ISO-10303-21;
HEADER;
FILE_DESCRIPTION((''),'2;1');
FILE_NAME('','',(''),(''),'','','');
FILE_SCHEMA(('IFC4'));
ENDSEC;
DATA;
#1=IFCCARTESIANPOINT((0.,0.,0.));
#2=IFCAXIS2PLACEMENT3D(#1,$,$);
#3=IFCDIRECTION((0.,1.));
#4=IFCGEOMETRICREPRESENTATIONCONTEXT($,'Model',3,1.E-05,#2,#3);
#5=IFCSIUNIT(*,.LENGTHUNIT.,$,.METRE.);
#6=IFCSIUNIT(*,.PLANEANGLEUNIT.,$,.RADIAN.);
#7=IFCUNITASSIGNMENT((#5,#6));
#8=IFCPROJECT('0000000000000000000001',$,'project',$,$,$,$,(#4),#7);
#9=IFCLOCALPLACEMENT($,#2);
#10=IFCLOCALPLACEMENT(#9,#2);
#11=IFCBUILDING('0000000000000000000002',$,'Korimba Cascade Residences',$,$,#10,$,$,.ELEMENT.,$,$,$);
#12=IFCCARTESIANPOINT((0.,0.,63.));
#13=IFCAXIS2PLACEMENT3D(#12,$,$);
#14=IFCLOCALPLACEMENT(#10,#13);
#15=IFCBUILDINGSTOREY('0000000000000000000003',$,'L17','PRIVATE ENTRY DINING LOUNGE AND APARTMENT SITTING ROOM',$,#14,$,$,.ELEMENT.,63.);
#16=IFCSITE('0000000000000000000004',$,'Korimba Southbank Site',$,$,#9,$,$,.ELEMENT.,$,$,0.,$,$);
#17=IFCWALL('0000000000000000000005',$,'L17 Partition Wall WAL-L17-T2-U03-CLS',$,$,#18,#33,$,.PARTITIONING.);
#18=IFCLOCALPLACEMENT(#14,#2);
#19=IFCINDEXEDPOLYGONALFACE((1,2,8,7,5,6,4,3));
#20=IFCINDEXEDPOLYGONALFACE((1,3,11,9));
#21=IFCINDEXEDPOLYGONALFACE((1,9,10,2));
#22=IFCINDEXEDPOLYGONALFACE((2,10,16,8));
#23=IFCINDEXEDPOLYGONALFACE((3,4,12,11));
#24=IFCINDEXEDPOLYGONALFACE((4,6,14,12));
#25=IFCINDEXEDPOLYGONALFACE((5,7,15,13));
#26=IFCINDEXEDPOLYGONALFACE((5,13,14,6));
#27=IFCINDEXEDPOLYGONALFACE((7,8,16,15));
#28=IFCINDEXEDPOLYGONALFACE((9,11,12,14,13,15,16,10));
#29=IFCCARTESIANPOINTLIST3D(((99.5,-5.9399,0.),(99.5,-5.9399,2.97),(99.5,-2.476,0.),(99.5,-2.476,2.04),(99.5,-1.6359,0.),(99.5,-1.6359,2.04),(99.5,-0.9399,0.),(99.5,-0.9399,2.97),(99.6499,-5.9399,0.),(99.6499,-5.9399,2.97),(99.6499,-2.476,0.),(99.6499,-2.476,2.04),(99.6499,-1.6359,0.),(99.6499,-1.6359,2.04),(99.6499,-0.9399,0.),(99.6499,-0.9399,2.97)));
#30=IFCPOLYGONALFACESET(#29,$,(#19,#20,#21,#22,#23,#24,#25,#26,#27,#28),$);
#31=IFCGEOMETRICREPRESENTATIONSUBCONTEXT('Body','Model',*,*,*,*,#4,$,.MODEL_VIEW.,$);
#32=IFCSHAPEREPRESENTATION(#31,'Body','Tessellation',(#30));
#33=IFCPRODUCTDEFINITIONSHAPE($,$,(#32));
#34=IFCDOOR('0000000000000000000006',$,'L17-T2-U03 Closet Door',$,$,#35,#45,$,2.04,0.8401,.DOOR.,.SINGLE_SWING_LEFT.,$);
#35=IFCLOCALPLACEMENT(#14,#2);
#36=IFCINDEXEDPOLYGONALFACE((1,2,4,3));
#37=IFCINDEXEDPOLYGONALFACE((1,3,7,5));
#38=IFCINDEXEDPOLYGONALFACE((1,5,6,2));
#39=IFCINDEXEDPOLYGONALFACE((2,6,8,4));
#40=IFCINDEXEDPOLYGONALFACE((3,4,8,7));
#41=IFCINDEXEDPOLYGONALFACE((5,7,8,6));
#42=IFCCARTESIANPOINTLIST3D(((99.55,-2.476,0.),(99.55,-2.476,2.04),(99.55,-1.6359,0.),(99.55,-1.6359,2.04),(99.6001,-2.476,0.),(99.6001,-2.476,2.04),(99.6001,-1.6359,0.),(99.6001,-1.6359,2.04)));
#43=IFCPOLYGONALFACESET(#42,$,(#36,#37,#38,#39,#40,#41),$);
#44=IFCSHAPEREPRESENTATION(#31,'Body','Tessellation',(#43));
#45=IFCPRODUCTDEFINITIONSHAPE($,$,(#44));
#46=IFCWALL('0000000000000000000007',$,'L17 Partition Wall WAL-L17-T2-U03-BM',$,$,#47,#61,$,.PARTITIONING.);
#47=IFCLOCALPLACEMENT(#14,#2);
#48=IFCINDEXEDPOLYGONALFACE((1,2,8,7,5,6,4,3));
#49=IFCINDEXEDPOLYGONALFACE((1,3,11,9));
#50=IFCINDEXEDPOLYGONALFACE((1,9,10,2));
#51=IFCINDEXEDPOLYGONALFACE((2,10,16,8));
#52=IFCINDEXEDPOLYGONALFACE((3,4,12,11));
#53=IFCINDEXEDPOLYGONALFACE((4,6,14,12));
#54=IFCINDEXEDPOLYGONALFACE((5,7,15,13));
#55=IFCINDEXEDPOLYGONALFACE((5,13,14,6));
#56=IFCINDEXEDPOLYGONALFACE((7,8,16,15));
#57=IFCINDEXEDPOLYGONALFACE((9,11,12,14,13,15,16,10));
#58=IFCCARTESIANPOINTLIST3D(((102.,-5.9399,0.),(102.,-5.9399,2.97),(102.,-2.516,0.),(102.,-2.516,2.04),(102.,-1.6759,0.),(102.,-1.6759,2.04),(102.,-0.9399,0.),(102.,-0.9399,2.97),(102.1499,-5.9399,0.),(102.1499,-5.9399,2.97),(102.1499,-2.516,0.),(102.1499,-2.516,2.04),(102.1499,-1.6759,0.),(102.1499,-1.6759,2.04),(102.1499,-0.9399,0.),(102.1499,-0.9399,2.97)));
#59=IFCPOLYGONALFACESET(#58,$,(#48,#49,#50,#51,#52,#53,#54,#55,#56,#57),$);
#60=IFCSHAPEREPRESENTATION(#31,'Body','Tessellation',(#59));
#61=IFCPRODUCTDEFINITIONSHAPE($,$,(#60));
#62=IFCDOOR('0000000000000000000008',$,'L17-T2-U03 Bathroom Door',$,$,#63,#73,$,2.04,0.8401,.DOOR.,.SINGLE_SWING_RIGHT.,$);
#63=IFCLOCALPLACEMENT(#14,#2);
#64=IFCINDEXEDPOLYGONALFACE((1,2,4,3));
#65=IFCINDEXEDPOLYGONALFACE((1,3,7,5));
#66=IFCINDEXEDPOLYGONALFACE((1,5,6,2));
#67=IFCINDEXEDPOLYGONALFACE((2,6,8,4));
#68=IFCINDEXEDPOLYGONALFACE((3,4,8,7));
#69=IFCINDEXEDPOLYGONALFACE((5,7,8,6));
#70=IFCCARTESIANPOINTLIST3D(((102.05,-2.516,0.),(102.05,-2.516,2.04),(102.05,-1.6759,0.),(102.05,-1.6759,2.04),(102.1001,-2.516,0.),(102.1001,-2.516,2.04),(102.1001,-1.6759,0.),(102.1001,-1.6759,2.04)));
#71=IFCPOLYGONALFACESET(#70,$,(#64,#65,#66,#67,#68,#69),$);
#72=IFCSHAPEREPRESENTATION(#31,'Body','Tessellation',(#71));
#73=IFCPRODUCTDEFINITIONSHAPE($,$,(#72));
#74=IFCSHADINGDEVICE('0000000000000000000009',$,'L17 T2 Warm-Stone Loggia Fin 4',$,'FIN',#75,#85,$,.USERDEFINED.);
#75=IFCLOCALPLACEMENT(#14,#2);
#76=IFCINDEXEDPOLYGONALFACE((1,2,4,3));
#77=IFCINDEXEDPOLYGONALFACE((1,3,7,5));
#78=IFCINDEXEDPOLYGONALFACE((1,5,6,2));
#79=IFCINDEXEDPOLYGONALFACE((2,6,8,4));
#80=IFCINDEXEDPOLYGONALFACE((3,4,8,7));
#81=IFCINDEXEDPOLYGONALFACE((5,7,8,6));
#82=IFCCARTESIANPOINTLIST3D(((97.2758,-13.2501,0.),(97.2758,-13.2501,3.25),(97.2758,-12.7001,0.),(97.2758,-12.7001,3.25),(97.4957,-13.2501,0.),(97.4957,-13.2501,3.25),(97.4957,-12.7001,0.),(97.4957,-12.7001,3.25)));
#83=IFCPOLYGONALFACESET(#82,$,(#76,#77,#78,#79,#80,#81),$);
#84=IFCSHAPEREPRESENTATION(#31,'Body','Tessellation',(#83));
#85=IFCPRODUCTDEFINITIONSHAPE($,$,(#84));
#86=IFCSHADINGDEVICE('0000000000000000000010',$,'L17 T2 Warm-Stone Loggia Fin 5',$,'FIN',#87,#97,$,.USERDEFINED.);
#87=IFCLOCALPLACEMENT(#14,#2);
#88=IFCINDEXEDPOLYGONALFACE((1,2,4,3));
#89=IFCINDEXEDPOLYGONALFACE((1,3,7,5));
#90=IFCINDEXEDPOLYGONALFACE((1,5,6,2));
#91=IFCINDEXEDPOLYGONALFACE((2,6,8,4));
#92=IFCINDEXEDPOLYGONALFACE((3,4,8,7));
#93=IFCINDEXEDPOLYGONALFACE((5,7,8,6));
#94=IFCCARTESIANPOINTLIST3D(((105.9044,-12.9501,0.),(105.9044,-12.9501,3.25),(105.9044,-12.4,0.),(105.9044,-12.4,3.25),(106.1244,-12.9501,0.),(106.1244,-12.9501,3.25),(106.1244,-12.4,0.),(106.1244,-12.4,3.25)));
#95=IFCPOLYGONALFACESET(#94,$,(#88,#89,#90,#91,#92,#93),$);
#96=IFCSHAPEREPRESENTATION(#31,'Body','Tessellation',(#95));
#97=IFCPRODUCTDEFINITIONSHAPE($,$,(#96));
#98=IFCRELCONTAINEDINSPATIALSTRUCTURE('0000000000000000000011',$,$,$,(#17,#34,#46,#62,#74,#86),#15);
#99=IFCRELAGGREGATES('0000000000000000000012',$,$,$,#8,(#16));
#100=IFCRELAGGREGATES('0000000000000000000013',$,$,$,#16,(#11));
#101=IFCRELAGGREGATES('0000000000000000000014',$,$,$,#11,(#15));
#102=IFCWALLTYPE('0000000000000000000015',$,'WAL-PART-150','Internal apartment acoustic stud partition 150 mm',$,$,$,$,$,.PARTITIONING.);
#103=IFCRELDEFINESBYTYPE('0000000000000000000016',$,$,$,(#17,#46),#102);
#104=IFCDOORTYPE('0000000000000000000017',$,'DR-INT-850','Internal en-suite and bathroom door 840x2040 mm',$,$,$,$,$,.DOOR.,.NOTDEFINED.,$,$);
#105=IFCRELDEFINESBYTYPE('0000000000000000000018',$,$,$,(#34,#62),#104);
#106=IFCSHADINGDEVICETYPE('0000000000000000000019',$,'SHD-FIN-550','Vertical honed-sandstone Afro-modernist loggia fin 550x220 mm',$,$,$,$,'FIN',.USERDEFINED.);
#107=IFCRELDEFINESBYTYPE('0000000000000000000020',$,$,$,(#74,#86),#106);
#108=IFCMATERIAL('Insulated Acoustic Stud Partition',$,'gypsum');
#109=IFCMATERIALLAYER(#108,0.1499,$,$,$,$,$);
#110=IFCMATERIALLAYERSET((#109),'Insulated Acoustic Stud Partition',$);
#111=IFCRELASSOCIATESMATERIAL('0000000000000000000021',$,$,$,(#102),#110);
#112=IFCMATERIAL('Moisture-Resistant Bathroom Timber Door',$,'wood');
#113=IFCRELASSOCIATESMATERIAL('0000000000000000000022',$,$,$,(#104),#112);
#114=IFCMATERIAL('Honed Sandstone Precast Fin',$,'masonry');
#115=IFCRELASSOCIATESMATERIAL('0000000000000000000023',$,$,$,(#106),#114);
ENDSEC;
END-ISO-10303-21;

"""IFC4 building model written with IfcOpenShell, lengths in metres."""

from ifc_helpers import new_model, si_unit, direction, frame, frame_2d, origin, origin_2d, place, context, subcontext, project, spatial, rectangle, extrude, material, layer, layer_set, type_object, element, fill, save


model = new_model("IFC4")

# Units and contexts
model_context = context("Model", 3, precision=1e-05, world=origin(), true_north=direction((0.0, 1.0)))
body_context = subcontext(model_context, "Body", "Model", "MODEL_VIEW")
ifc_project = project(units=[si_unit("LENGTHUNIT", "METRE"), si_unit("PLANEANGLEUNIT", "RADIAN")], contexts=[model_context])

# Site, building, storey
site_placement = place(None, origin())
site = spatial("IfcSite", under=ifc_project, at=site_placement, Name="Korimba Southbank Site", CompositionType="ELEMENT", RefElevation=0.0)
building_placement = place(site_placement, origin())
building = spatial("IfcBuilding", under=site, at=building_placement, Name="Korimba Cascade Residences", CompositionType="ELEMENT")
storey_placement = place(building_placement, frame((0.0, 0.0, 63.0)))
storey = spatial("IfcBuildingStorey", under=building, at=storey_placement, Name="L17", Description="PRIVATE ENTRY DINING LOUNGE AND APARTMENT SITTING ROOM", CompositionType="ELEMENT", Elevation=63.0)

# Walls, openings, doors
ifc_material_1 = material(Name="Insulated Acoustic Stud Partition", Category="gypsum")
ifc_layer = layer(ifc_material_1, 0.1499)
ifc_layer_set = layer_set([ifc_layer], Name="Insulated Acoustic Stud Partition")
wall_type = type_object("IfcWallType", Name="WAL-PART-150", Description="Internal apartment acoustic stud partition 150 mm", PredefinedType="PARTITIONING", material=ifc_layer_set)
ifc_material_2 = material(Name="Moisture-Resistant Bathroom Timber Door", Category="wood")
door_type_1 = type_object("IfcDoorType", Name="DR-INT-850", Description="Internal en-suite and bathroom door 840x2040 mm", OperationType="NOTDEFINED", PredefinedType="DOOR", material=ifc_material_2)
wall_1_placement = place(storey_placement, frame((99.575, -5.9399, 0.0), z_axis=(0.0, 0.0, 1.0), x_axis=(0.0, 1.0, 0.0)))
wall_1 = element("IfcWall", 1, at=wall_1_placement, inside=storey, type_object=wall_type, Name="L17 Partition Wall WAL-L17-T2-U03-CLS", PredefinedType="PARTITIONING", context=body_context, shape_type="SweptSolid", body=[
    extrude(rectangle(XDim=5.0, YDim=0.1499, at=frame_2d((2.5, 0.0))), origin(), (0.0, 0.0, 1.0), 2.97),
])
opening_1_placement = place(wall_1_placement, frame((3.4641, 0.0, 0.0)))
opening_1 = element("IfcOpeningElement", 2, at=opening_1_placement, cuts=wall_1, PredefinedType="OPENING", context=body_context, shape_type="SweptSolid", body=[
    extrude(rectangle(XDim=0.8401, YDim=2.04, at=frame_2d((0.4199, 1.02))), frame((0.0, 0.085, 0.0), z_axis=(0.0, -1.0, 0.0), x_axis=(1.0, 0.0, 0.0)), (0.0, 0.0, 1.0), 0.1699),
])
door_1_placement = place(opening_1_placement, origin())
door_1 = element("IfcDoor", 3, at=door_1_placement, inside=storey, type_object=door_type_1, Name="L17-T2-U03 Closet Door", OperationType="SINGLE_SWING_LEFT", OverallHeight=2.04, OverallWidth=0.8401, PredefinedType="DOOR", context=body_context, shape_type="SweptSolid", body=[
    extrude(rectangle(XDim=0.8401, YDim=2.04, at=frame_2d((0.4199, 1.02))), frame((0.0, 0.0249, 0.0), z_axis=(0.0, -1.0, 0.0), x_axis=(1.0, 0.0, 0.0)), (0.0, 0.0, 1.0), 0.05),
])
fill(opening_1, door_1)
wall_2_placement = place(storey_placement, frame((102.075, -5.9399, 0.0), z_axis=(0.0, 0.0, 1.0), x_axis=(0.0, 1.0, 0.0)))
wall_2 = element("IfcWall", 4, at=wall_2_placement, inside=storey, type_object=wall_type, Name="L17 Partition Wall WAL-L17-T2-U03-BM", PredefinedType="PARTITIONING", context=body_context, shape_type="SweptSolid", body=[
    extrude(rectangle(XDim=5.0, YDim=0.1499, at=frame_2d((2.5, 0.0))), origin(), (0.0, 0.0, 1.0), 2.97),
])
opening_2_placement = place(wall_2_placement, frame((3.4241, 0.0, 0.0)))
opening_2 = element("IfcOpeningElement", 5, at=opening_2_placement, cuts=wall_2, PredefinedType="OPENING", context=body_context, shape_type="SweptSolid", body=[
    extrude(rectangle(XDim=0.8401, YDim=2.04, at=frame_2d((0.4199, 1.02))), frame((0.0, 0.085, 0.0), z_axis=(0.0, -1.0, 0.0), x_axis=(1.0, 0.0, 0.0)), (0.0, 0.0, 1.0), 0.1699),
])
door_2_placement = place(opening_2_placement, origin())
door_2 = element("IfcDoor", 6, at=door_2_placement, inside=storey, type_object=door_type_1, Name="L17-T2-U03 Bathroom Door", OperationType="SINGLE_SWING_RIGHT", OverallHeight=2.04, OverallWidth=0.8401, PredefinedType="DOOR", context=body_context, shape_type="SweptSolid", body=[
    extrude(rectangle(XDim=0.8401, YDim=2.04, at=frame_2d((0.4199, 1.02))), frame((0.0, 0.0249, 0.0), z_axis=(0.0, -1.0, 0.0), x_axis=(1.0, 0.0, 0.0)), (0.0, 0.0, 1.0), 0.05),
])
fill(opening_2, door_2)

# Shading devices
ifc_material_3 = material(Name="Honed Sandstone Precast Fin", Category="masonry")
shading_device_type = type_object("IfcShadingDeviceType", Name="SHD-FIN-550", Description="Vertical honed-sandstone Afro-modernist loggia fin 550x220 mm", ElementType="FIN", PredefinedType="USERDEFINED", material=ifc_material_3)
for number, where, z_axis, x_axis, name in (
    (7, (97.3857, -12.9751, 0.0), (0.0, 0.0, 1.0), (1.0, 0.0, 0.0), "L17 T2 Warm-Stone Loggia Fin 4"),
    (8, (106.0144, -12.675, 0.0), (0.0, 0.0, 1.0), (1.0, 0.0, 0.0), "L17 T2 Warm-Stone Loggia Fin 5"),
):
    element("IfcShadingDevice", number, at=place(storey_placement, frame(where, z_axis=z_axis, x_axis=x_axis)), inside=storey, type_object=shading_device_type, Name=name, ObjectType="FIN", PredefinedType="USERDEFINED", context=body_context, shape_type="SweptSolid", body=[
        extrude(rectangle(XDim=0.22, YDim=0.55, at=origin_2d()), origin(), (0.0, 0.0, 1.0), 3.25),
    ])

save(model, "model.ifc")
